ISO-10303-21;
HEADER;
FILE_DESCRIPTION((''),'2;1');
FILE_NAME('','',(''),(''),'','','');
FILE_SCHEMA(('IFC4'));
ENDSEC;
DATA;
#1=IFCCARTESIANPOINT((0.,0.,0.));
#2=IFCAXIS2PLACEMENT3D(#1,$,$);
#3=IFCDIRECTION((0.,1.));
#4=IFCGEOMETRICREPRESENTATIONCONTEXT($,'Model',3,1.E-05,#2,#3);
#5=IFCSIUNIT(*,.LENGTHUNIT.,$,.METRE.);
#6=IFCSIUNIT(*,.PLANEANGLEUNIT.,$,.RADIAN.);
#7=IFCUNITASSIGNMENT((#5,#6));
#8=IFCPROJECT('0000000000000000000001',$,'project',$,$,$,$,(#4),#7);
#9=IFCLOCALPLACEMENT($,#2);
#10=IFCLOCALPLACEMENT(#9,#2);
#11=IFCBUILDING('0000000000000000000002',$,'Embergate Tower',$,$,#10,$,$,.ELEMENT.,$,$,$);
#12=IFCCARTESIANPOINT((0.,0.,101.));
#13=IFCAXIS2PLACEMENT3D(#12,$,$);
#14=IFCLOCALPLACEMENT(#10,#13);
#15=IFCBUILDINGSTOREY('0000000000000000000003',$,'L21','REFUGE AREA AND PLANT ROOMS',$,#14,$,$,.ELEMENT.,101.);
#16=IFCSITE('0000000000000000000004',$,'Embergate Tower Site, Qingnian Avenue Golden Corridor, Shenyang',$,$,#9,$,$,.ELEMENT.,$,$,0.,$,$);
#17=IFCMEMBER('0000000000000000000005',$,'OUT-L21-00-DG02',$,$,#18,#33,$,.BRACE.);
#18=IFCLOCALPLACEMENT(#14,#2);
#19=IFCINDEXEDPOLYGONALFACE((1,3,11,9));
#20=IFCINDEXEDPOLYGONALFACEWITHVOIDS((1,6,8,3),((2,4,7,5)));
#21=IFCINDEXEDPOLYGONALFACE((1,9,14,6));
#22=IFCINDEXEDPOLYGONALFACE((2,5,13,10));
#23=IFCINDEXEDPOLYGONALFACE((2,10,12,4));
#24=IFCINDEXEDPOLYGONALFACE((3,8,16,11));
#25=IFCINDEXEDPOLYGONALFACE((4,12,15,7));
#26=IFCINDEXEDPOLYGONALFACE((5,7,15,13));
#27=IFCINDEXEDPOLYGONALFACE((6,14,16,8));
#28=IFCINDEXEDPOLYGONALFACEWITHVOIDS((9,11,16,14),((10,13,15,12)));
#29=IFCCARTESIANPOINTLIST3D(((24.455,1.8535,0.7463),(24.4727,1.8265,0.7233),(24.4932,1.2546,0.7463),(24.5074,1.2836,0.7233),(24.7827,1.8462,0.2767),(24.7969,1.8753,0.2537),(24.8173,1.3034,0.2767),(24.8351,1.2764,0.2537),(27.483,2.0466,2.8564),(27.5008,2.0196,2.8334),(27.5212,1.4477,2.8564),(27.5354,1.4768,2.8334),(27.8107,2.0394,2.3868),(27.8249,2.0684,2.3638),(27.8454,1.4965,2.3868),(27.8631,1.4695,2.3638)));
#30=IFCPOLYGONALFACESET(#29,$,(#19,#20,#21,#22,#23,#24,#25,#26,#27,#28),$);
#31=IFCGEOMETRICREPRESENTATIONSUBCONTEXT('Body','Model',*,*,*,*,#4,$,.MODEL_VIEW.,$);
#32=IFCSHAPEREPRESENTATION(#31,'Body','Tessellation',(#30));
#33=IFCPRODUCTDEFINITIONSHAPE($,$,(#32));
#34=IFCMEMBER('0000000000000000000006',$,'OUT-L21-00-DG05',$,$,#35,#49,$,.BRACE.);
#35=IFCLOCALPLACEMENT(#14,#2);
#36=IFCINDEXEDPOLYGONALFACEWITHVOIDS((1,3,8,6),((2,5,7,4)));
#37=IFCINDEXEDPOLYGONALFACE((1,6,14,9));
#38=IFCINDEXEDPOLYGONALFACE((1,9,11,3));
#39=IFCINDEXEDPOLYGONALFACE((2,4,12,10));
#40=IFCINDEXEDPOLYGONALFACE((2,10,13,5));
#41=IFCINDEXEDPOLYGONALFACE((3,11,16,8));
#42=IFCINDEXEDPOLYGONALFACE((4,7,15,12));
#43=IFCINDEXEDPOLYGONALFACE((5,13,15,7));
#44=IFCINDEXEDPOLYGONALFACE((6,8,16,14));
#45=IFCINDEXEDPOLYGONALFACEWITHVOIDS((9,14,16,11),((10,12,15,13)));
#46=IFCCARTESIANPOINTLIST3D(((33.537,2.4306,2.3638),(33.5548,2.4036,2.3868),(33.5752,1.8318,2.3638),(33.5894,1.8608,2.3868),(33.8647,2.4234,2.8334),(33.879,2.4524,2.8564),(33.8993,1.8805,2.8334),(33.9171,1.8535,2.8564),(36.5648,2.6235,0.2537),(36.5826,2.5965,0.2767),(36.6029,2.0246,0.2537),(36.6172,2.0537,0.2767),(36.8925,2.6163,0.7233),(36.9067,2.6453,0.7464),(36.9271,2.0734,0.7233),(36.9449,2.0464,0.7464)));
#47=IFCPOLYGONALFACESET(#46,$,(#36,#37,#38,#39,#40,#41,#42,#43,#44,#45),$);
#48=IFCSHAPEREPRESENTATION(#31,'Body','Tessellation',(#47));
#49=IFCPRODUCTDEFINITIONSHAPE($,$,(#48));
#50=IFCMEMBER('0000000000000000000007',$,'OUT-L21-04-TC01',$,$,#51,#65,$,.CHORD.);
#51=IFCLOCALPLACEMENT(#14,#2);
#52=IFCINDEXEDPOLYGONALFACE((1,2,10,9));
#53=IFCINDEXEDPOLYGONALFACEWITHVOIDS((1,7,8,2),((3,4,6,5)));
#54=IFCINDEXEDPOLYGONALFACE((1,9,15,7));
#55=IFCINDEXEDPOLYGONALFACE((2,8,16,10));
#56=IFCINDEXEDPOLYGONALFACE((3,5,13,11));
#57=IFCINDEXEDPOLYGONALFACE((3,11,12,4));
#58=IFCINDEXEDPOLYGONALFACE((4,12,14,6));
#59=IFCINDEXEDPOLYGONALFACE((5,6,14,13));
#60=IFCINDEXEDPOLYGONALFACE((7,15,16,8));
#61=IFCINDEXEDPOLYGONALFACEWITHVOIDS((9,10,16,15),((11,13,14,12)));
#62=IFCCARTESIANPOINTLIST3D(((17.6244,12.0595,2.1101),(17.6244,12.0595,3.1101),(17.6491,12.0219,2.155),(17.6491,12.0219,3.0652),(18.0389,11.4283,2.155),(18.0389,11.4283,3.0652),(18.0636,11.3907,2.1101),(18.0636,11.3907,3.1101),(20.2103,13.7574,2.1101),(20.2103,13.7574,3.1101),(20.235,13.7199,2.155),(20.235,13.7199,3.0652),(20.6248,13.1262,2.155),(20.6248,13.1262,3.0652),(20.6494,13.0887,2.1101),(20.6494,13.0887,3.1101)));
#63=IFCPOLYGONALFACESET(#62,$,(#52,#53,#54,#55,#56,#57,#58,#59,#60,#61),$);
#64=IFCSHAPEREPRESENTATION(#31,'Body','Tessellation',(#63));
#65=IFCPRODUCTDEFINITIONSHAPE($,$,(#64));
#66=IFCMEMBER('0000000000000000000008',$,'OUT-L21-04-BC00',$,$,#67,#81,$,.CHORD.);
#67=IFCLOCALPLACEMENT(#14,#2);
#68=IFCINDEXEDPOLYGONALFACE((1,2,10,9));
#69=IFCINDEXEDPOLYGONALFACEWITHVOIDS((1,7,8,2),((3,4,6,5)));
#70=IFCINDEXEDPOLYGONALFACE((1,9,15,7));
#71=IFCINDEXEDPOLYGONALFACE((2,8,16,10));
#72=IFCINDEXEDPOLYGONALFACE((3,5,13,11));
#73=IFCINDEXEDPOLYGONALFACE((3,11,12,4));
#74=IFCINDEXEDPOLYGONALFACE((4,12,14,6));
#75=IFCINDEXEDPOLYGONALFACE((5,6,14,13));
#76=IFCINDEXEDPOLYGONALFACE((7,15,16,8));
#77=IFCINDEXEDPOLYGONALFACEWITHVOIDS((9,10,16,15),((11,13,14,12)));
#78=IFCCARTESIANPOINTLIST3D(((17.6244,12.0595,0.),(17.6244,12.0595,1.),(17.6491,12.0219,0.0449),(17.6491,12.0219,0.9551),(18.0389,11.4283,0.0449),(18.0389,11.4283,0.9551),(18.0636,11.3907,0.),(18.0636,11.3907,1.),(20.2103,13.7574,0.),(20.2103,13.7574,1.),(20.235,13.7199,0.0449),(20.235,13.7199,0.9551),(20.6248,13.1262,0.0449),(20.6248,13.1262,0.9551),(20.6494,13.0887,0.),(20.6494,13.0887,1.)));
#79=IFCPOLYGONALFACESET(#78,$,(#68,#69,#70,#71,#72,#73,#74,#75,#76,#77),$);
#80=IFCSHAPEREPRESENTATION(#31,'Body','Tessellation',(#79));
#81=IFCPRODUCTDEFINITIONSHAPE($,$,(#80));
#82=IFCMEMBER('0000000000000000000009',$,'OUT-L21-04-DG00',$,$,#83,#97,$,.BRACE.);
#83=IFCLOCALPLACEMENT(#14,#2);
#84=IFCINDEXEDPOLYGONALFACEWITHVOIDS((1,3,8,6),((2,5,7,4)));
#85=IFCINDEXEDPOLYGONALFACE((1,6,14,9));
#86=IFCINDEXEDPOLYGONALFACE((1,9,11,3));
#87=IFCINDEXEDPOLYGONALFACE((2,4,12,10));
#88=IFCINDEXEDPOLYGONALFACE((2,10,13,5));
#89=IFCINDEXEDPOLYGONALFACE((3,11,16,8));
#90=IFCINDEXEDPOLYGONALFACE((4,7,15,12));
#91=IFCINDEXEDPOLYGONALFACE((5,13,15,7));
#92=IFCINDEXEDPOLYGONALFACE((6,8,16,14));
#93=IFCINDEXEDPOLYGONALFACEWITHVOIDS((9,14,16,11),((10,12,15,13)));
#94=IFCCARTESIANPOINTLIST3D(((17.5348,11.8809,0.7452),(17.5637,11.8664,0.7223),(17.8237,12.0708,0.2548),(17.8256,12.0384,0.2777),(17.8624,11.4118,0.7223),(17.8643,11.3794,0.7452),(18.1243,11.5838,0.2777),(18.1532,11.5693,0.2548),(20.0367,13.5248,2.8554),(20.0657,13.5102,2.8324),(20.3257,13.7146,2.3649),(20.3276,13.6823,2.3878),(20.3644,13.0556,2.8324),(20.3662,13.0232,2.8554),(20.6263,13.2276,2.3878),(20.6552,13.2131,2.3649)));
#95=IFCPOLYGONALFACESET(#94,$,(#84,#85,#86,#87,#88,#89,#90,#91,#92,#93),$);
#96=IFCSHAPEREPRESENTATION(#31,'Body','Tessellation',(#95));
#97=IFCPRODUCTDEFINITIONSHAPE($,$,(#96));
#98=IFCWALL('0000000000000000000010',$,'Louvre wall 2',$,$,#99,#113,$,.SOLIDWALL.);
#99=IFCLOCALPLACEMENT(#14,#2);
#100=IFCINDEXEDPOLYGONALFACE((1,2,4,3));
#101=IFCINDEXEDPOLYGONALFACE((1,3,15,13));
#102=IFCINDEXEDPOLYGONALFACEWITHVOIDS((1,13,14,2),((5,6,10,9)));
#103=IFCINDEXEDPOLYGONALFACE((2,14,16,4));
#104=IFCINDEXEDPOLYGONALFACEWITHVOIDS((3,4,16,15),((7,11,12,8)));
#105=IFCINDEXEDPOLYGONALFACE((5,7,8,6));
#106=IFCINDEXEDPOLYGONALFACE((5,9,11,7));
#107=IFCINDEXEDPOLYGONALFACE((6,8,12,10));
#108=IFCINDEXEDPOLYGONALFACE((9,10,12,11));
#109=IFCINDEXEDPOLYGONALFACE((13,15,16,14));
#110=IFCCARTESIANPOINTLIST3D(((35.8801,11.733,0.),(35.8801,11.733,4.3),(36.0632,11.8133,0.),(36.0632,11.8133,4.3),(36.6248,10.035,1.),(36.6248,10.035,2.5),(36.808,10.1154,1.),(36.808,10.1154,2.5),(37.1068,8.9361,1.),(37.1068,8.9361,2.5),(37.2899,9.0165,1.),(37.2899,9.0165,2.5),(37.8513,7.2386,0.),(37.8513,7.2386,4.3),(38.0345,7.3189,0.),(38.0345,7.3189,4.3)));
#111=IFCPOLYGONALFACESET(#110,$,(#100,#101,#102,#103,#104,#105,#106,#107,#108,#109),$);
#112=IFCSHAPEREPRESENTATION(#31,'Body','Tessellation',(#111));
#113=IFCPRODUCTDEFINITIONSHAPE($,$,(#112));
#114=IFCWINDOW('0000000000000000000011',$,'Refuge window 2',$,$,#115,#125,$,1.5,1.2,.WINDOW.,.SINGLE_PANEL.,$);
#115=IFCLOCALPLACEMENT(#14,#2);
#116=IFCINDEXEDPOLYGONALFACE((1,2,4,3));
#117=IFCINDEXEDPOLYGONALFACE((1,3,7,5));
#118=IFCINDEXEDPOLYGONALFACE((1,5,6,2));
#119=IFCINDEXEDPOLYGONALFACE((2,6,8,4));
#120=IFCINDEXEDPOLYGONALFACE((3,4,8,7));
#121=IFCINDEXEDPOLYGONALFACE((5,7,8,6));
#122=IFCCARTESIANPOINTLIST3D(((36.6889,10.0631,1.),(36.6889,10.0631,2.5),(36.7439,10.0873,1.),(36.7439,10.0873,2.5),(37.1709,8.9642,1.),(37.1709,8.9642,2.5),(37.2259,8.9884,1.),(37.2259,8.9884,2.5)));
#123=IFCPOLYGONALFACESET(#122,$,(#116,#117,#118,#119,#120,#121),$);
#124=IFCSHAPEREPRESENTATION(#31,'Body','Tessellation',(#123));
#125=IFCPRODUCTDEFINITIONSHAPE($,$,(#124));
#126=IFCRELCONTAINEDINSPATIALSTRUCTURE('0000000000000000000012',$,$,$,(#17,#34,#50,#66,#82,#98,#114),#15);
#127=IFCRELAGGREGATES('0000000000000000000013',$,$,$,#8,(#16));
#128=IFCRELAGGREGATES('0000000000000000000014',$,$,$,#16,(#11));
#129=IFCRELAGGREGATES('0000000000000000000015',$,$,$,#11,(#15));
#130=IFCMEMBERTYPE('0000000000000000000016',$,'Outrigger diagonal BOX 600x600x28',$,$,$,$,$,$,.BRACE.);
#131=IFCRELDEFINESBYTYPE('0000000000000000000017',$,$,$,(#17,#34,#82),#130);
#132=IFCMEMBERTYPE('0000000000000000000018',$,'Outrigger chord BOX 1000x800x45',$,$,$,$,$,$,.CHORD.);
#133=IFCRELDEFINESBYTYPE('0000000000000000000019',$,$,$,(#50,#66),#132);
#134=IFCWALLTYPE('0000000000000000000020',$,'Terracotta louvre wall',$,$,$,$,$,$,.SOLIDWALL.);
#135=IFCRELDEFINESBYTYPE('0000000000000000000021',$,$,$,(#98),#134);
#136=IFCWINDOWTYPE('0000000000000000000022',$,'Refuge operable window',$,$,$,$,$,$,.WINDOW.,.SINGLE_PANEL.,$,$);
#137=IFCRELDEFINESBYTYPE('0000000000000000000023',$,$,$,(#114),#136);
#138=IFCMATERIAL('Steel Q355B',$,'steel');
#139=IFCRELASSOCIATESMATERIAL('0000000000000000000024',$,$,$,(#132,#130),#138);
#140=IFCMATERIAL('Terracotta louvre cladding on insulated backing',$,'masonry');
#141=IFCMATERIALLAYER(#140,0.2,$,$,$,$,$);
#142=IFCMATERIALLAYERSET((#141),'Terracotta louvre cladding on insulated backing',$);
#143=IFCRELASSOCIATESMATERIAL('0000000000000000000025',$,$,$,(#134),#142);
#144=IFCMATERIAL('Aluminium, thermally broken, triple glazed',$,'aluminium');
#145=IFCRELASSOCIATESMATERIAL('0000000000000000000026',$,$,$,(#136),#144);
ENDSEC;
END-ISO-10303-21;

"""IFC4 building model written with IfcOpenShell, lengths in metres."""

from ifc_helpers import new_model, si_unit, direction, frame, frame_2d, origin, origin_2d, place, context, subcontext, project, spatial, rectangle, hollow_rectangle, extrude, source, transform, mapped, material, layer, layer_set, material_profile, profile_set, type_object, element, fill, save


model = new_model("IFC4")

# Units and contexts
model_context = context("Model", 3, precision=1e-05, world=origin(), true_north=direction((0.0, 1.0)))
body_context = subcontext(model_context, "Body", "Model", "MODEL_VIEW")
ifc_project = project(units=[si_unit("LENGTHUNIT", "METRE"), si_unit("PLANEANGLEUNIT", "RADIAN")], contexts=[model_context])

# Site, building, storey
site_placement = place(None, origin())
site = spatial("IfcSite", under=ifc_project, at=site_placement, Name="Embergate Tower Site, Qingnian Avenue Golden Corridor, Shenyang", CompositionType="ELEMENT", RefElevation=0.0)
building_placement = place(site_placement, origin())
building = spatial("IfcBuilding", under=site, at=building_placement, Name="Embergate Tower", CompositionType="ELEMENT")
storey_placement = place(building_placement, frame((0.0, 0.0, 101.0)))
storey = spatial("IfcBuildingStorey", under=building, at=storey_placement, Name="L21", Description="REFUGE AREA AND PLANT ROOMS", CompositionType="ELEMENT", Elevation=101.0)

# Members
ifc_material_1 = material(Name="Steel Q355B", Category="steel")
ifc_material_profile_1 = material_profile(ifc_material_1, hollow_rectangle(XDim=0.8, YDim=1.0, WallThickness=0.0449, at=origin_2d()), Name="BOX 1000x800x45")
ifc_profile_set_1 = profile_set([ifc_material_profile_1], Name="Steel Q355 grade B")
member_type_1 = type_object("IfcMemberType", Name="Outrigger chord BOX 1000x800x45", PredefinedType="CHORD", material=ifc_profile_set_1)
ifc_material_profile_2 = material_profile(ifc_material_1, hollow_rectangle(XDim=0.6001, YDim=0.6001, WallThickness=0.0281, at=origin_2d()), Name="BOX 600x600x28")
ifc_profile_set_2 = profile_set([ifc_material_profile_2], Name="Steel Q355 grade B")
member_type_2 = type_object("IfcMemberType", Name="Outrigger diagonal BOX 600x600x28", PredefinedType="BRACE", material=ifc_profile_set_2)
shared_shape_1 = source(origin(), body_context, "Body", "SweptSolid", [
    extrude(hollow_rectangle(XDim=0.6001, YDim=0.6001, WallThickness=0.0281, at=origin_2d()), origin(), (0.0, 0.0, 1.0), 3.6958),
])
member_1_placement = place(storey_placement, frame((24.645, 1.5649, 0.5), z_axis=(0.819324, 0.052252, 0.570944), x_axis=(-0.063646, 0.997973, 0.0)))
element("IfcMember", 1, at=member_1_placement, inside=storey, type_object=member_type_2, Name="OUT-L21-00-DG02", PredefinedType="BRACE", context=body_context, shape_type="MappedRepresentation", body=[
    mapped(shared_shape_1, transform((0.0, 0.0, 0.0))),
])
shared_shape_2 = source(origin(), body_context, "Body", "SweptSolid", [
    extrude(hollow_rectangle(XDim=0.6001, YDim=0.6001, WallThickness=0.0281, at=origin_2d()), origin(), (0.0, 0.0, 1.0), 3.6956),
])
member_2_placement = place(storey_placement, frame((33.7271, 2.1421, 2.6101), z_axis=(0.819305, 0.052189, -0.570977), x_axis=(-0.063571, 0.997977, 0.0)))
element("IfcMember", 2, at=member_2_placement, inside=storey, type_object=member_type_2, Name="OUT-L21-00-DG05", PredefinedType="BRACE", context=body_context, shape_type="MappedRepresentation", body=[
    mapped(shared_shape_2, transform((0.0, 0.0, 0.0))),
])
shared_shape_3 = source(origin(), body_context, "Body", "SweptSolid", [
    extrude(hollow_rectangle(XDim=0.8, YDim=1.0, WallThickness=0.0449, at=origin_2d()), origin(), (0.0, 0.0, 1.0), 3.0935),
])
for number, where, z_axis, x_axis, name in (
    (3, (17.844, 11.7251, 2.6101), (0.835903, 0.548877, 0.0), (-0.548877, 0.835903, 0.0), "OUT-L21-04-TC01"),
    (4, (17.844, 11.7251, 0.5), (0.835903, 0.548877, 0.0), (-0.548877, 0.835903, 0.0), "OUT-L21-04-BC00"),
):
    element("IfcMember", number, at=place(storey_placement, frame(where, z_axis=z_axis, x_axis=x_axis)), inside=storey, type_object=member_type_1, Name=name, PredefinedType="CHORD", context=body_context, shape_type="MappedRepresentation", body=[
        mapped(shared_shape_3, transform((0.0, 0.0, 0.0))),
    ])
shared_shape_4 = source(origin(), body_context, "Body", "SweptSolid", [
    extrude(hollow_rectangle(XDim=0.6001, YDim=0.6001, WallThickness=0.0281, at=origin_2d()), origin(), (0.0, 0.0, 1.0), 3.6626),
])
member_3_placement = place(storey_placement, frame((17.844, 11.7251, 0.5), z_axis=(0.683115, 0.448811, 0.576128), x_axis=(-0.549098, 0.835758, 0.0)))
element("IfcMember", 5, at=member_3_placement, inside=storey, type_object=member_type_2, Name="OUT-L21-04-DG00", PredefinedType="BRACE", context=body_context, shape_type="MappedRepresentation", body=[
    mapped(shared_shape_4, transform((0.0, 0.0, 0.0))),
])

# Wall, opening, window
ifc_material_2 = material(Name="Terracotta louvre cladding on insulated backing", Category="masonry")
ifc_layer = layer(ifc_material_2, 0.2)
ifc_layer_set = layer_set([ifc_layer], Name="Terracotta louvre cladding on insulated backing")
wall_type = type_object("IfcWallType", Name="Terracotta louvre wall", PredefinedType="SOLIDWALL", material=ifc_layer_set)
shared_shape_5 = source(origin(), body_context, "Body", "SweptSolid", [
    extrude(rectangle(XDim=4.9077, YDim=0.2, at=frame_2d((2.4539, 0.0))), origin(), (0.0, 0.0, 1.0), 4.3),
])
wall_placement = place(storey_placement, frame((35.9717, 11.7732, 0.0), z_axis=(0.0, 0.0, 1.0), x_axis=(0.401656, -0.91579, 0.0)))
wall = element("IfcWall", 6, at=wall_placement, inside=storey, type_object=wall_type, Name="Louvre wall 2", PredefinedType="SOLIDWALL", context=body_context, shape_type="MappedRepresentation", body=[
    mapped(shared_shape_5, transform((0.0, 0.0, 0.0))),
])
shared_shape_6 = source(origin(), body_context, "Body", "SweptSolid", [
    extrude(rectangle(XDim=1.2, YDim=1.5, at=frame_2d((0.6001, 0.75))), frame((0.0, 0.1099, 0.0), z_axis=(0.0, -1.0, 0.0), x_axis=(1.0, 0.0, 0.0)), (0.0, 0.0, 1.0), 0.22),
])
opening_placement = place(wall_placement, frame((1.854, 0.0, 1.0)))
opening = element("IfcOpeningElement", 7, at=opening_placement, cuts=wall, PredefinedType="OPENING", context=body_context, shape_type="MappedRepresentation", body=[
    mapped(shared_shape_6, transform((0.0, 0.0, 0.0))),
])
ifc_material_3 = material(Name="Aluminium, thermally broken, triple glazed", Category="aluminium")
window_type = type_object("IfcWindowType", Name="Refuge operable window", PartitioningType="SINGLE_PANEL", PredefinedType="WINDOW", material=ifc_material_3)
shared_shape_7 = source(origin(), body_context, "Body", "SweptSolid", [
    extrude(rectangle(XDim=1.2, YDim=1.5, at=frame_2d((0.6001, 0.75))), frame((0.0, 0.03, 0.0), z_axis=(0.0, -1.0, 0.0), x_axis=(1.0, 0.0, 0.0)), (0.0, 0.0, 1.0), 0.0601),
])
window_placement = place(opening_placement, origin())
window = element("IfcWindow", 8, at=window_placement, inside=storey, type_object=window_type, Name="Refuge window 2", OverallHeight=1.5, OverallWidth=1.2, PartitioningType="SINGLE_PANEL", PredefinedType="WINDOW", context=body_context, shape_type="MappedRepresentation", body=[
    mapped(shared_shape_7, transform((0.0, 0.0, 0.0))),
])
fill(opening, window)

save(model, "model.ifc")
